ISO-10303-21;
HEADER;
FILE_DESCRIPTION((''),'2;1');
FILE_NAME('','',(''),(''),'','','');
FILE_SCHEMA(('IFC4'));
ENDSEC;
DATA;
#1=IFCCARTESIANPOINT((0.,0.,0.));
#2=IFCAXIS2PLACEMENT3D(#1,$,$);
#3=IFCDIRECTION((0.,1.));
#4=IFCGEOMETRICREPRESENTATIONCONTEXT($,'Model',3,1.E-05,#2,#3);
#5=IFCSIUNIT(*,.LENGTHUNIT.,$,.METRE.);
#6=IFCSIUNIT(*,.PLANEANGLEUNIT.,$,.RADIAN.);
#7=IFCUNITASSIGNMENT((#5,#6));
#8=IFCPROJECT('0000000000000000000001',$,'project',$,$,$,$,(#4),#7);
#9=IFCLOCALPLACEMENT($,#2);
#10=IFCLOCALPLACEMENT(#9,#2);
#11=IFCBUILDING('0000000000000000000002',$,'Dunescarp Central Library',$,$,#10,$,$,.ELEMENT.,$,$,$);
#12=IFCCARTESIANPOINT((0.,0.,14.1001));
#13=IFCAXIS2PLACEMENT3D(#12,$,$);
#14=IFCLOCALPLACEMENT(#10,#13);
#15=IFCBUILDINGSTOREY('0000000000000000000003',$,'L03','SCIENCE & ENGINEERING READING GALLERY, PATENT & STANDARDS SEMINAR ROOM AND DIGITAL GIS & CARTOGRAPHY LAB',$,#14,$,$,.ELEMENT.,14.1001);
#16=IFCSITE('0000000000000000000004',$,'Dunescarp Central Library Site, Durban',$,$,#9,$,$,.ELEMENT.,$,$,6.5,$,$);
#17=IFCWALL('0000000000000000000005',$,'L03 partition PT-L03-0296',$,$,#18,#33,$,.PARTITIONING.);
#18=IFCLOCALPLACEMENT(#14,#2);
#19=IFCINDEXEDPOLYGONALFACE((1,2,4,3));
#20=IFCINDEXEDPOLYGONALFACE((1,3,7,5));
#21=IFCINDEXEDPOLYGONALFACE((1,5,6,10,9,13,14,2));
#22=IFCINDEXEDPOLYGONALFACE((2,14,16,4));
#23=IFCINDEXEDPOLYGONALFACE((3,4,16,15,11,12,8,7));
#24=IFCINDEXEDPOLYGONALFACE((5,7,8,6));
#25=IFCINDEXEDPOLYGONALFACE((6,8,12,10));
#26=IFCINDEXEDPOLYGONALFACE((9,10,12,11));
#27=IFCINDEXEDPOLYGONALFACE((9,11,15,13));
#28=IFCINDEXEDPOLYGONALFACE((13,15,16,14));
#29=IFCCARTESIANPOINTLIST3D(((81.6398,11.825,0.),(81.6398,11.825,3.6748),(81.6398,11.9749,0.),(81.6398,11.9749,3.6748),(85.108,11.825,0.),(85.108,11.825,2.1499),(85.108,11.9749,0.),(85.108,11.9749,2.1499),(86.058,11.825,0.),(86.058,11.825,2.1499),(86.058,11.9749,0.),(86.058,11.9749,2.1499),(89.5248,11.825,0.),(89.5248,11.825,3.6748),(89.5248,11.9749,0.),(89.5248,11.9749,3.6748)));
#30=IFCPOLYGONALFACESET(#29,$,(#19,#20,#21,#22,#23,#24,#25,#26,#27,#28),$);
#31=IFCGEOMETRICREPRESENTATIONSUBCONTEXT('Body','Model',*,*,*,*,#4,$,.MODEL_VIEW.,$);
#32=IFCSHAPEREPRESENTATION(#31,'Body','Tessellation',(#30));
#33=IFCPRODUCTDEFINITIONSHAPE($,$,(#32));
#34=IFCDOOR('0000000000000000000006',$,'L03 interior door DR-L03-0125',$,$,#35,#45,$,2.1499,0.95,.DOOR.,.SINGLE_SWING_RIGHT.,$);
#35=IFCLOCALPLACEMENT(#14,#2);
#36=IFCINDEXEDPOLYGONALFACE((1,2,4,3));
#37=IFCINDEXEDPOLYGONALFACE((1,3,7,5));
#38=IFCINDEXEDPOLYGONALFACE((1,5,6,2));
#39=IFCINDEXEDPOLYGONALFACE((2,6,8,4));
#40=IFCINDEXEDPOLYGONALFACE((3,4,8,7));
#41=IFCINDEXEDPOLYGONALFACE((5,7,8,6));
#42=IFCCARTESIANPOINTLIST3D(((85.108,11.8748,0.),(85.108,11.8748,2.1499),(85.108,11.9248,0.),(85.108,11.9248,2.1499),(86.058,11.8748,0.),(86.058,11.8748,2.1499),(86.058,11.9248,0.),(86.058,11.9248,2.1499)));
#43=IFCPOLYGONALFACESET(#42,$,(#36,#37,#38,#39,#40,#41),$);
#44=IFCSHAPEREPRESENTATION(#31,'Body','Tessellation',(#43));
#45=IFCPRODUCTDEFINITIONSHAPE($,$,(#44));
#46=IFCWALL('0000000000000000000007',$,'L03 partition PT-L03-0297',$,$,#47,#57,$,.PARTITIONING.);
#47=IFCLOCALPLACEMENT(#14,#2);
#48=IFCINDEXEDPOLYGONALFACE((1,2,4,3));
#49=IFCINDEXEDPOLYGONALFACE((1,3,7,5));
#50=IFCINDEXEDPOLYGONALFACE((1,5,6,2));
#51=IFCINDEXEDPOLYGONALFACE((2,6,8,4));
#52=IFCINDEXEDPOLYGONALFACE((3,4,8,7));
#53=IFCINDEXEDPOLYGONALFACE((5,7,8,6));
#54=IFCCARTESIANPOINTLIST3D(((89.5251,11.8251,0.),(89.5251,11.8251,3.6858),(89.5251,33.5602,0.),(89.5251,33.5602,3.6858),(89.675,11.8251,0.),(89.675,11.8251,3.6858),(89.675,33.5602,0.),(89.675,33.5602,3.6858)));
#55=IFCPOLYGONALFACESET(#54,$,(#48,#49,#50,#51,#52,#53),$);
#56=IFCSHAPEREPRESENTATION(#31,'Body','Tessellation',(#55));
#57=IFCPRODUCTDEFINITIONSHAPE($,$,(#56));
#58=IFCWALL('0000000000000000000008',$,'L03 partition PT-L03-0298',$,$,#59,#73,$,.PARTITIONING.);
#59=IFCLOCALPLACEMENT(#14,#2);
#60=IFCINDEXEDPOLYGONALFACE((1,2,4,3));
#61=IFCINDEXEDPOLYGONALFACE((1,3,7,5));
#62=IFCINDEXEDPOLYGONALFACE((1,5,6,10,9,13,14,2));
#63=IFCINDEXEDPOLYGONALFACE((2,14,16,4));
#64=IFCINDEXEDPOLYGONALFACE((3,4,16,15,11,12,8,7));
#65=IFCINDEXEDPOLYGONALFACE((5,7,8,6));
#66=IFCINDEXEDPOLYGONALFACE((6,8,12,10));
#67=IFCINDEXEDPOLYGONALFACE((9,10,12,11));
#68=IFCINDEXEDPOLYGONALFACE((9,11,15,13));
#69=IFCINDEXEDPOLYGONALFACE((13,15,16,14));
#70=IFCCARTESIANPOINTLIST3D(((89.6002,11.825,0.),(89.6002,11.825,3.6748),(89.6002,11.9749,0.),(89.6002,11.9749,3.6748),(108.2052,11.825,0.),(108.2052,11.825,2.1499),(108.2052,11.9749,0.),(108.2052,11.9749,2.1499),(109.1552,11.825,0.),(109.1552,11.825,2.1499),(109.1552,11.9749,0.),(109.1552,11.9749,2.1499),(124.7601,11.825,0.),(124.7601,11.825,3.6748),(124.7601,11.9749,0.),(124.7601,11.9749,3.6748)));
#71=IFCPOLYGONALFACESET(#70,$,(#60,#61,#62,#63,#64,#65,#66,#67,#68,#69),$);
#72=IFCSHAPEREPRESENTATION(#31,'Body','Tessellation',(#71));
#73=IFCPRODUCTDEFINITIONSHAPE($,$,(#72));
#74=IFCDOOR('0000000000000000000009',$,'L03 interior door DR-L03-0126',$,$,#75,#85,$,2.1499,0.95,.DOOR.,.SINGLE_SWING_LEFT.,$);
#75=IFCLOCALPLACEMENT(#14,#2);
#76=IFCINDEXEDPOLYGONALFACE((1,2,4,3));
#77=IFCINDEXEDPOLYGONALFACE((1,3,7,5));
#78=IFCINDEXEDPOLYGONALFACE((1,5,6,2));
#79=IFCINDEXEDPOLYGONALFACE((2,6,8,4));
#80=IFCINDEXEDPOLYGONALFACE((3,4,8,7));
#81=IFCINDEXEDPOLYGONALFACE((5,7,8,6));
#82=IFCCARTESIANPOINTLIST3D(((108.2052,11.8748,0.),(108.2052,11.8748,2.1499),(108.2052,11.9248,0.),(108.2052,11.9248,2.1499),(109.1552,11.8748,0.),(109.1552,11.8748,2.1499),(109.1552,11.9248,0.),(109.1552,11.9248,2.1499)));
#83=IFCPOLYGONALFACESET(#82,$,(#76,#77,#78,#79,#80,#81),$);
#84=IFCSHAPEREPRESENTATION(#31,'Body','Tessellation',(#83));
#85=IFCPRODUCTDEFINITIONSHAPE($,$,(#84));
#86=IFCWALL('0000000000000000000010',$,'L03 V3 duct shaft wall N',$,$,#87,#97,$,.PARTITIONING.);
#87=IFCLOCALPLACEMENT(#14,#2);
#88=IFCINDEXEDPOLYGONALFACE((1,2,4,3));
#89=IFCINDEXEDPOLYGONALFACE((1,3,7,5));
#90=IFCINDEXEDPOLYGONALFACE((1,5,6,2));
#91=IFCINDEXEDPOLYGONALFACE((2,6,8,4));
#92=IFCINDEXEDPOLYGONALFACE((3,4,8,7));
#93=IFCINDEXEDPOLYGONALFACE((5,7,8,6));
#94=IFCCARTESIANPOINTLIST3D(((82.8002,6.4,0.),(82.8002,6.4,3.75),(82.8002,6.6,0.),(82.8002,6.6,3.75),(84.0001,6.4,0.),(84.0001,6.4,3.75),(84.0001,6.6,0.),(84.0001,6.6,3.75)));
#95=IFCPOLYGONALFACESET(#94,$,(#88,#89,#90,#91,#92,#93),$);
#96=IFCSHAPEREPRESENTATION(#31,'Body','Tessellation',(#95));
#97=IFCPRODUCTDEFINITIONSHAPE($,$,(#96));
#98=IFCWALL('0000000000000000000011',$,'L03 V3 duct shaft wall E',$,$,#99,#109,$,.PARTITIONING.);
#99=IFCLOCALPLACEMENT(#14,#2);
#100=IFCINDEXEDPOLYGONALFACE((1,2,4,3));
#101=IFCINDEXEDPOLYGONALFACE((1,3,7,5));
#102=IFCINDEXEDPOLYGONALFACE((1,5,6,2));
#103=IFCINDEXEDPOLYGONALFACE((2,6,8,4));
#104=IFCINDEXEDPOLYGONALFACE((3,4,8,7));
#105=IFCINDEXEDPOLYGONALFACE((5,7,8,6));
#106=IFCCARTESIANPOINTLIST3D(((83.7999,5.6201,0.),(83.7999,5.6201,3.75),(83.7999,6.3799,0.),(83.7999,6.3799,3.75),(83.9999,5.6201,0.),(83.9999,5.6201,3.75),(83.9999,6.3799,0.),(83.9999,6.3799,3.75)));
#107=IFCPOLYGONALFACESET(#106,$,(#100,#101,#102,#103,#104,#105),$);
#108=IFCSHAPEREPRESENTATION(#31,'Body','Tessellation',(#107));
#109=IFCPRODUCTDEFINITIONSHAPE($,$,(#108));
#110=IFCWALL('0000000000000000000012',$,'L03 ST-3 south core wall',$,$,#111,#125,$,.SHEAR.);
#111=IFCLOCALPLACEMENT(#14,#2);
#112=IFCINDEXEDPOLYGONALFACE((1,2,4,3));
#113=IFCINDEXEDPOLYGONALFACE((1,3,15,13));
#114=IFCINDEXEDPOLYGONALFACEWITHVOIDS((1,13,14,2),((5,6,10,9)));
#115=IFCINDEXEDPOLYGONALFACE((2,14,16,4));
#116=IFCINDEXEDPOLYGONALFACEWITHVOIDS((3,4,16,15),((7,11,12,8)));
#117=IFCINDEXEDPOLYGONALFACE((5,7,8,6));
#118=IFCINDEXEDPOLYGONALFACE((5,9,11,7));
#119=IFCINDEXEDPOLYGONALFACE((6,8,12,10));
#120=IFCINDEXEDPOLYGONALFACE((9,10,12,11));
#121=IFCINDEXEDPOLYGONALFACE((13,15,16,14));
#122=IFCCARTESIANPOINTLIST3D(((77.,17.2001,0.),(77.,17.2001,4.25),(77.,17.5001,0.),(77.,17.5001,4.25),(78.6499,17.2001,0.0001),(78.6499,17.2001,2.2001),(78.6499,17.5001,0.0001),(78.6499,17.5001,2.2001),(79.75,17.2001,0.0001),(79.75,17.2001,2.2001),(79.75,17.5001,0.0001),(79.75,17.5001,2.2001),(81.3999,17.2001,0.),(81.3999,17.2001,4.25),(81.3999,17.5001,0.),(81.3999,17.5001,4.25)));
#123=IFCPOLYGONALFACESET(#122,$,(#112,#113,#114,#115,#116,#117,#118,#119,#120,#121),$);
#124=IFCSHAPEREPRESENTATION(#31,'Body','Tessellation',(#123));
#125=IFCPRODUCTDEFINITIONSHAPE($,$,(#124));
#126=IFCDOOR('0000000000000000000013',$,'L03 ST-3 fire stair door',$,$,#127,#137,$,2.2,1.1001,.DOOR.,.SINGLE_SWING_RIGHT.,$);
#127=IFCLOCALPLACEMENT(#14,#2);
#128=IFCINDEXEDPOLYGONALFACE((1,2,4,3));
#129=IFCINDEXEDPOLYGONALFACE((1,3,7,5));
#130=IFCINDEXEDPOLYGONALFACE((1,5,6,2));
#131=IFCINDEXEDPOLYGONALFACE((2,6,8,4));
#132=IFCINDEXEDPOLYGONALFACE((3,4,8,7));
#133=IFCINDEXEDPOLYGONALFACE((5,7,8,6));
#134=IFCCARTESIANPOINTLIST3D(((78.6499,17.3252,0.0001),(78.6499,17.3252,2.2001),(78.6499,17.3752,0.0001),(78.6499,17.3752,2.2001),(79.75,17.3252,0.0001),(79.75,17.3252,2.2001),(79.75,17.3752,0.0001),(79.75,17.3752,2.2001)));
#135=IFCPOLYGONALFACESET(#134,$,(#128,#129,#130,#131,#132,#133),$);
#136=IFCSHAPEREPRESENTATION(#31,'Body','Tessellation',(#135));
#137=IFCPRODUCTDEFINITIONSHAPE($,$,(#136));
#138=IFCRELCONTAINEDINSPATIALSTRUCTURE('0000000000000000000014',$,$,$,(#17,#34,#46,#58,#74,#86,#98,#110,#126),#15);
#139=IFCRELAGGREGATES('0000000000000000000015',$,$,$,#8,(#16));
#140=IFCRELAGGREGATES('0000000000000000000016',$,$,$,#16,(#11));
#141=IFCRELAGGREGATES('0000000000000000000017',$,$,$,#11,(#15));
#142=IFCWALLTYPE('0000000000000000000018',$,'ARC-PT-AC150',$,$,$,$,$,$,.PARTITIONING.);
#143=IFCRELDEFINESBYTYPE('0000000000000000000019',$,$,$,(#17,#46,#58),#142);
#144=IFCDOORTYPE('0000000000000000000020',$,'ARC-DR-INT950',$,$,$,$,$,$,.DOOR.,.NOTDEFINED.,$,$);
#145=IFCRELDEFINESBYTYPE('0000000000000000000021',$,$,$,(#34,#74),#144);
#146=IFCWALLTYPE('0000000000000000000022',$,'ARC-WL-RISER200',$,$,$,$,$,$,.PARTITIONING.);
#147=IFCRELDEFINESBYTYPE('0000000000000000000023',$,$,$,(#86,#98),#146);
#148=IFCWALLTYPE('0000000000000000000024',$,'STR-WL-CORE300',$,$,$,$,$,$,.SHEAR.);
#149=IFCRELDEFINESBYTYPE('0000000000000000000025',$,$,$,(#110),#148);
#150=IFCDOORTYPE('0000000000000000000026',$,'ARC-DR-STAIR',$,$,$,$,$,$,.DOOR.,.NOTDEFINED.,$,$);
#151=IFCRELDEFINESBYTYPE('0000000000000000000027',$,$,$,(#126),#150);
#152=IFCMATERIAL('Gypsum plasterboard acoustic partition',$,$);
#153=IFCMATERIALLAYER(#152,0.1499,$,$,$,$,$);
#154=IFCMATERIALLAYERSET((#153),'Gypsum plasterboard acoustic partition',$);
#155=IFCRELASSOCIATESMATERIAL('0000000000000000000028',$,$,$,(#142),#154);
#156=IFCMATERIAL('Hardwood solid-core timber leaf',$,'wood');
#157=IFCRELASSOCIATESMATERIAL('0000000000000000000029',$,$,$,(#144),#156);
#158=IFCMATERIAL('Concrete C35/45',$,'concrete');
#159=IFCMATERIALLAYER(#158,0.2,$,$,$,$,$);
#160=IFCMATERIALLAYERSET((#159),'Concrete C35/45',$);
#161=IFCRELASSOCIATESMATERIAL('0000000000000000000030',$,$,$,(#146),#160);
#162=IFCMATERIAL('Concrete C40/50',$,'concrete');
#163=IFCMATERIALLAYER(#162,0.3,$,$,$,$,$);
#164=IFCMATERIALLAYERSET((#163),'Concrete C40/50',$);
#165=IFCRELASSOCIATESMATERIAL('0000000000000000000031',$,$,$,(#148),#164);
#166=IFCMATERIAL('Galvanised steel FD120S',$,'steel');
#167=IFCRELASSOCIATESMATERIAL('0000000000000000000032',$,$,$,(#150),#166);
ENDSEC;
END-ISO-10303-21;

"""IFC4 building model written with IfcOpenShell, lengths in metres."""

from ifc_helpers import new_model, si_unit, direction, frame, frame_2d, origin, place, context, subcontext, project, spatial, rectangle, extrude, material, layer, layer_set, type_object, element, fill, save


model = new_model("IFC4")

# Units and contexts
model_context = context("Model", 3, precision=1e-05, world=origin(), true_north=direction((0.0, 1.0)))
body_context = subcontext(model_context, "Body", "Model", "MODEL_VIEW")
ifc_project = project(units=[si_unit("LENGTHUNIT", "METRE"), si_unit("PLANEANGLEUNIT", "RADIAN")], contexts=[model_context])

# Site, building, storey
site_placement = place(None, origin())
site = spatial("IfcSite", under=ifc_project, at=site_placement, Name="Dunescarp Central Library Site, Durban", CompositionType="ELEMENT", RefElevation=6.5)
building_placement = place(site_placement, origin())
building = spatial("IfcBuilding", under=site, at=building_placement, Name="Dunescarp Central Library", CompositionType="ELEMENT")
storey_placement = place(building_placement, frame((0.0, 0.0, 14.1001)))
storey = spatial("IfcBuildingStorey", under=building, at=storey_placement, Name="L03", Description="SCIENCE & ENGINEERING READING GALLERY, PATENT & STANDARDS SEMINAR ROOM AND DIGITAL GIS & CARTOGRAPHY LAB", CompositionType="ELEMENT", Elevation=14.1001)

# Wall, opening, door
ifc_material_1 = material(Name="Gypsum plasterboard acoustic partition")
ifc_layer_1 = layer(ifc_material_1, 0.1499)
ifc_layer_set_1 = layer_set([ifc_layer_1], Name="Gypsum plasterboard acoustic partition")
wall_type_1 = type_object("IfcWallType", Name="ARC-PT-AC150", PredefinedType="PARTITIONING", material=ifc_layer_set_1)
ifc_material_2 = material(Name="Hardwood solid-core timber leaf", Category="wood")
door_type_1 = type_object("IfcDoorType", Name="ARC-DR-INT950", OperationType="NOTDEFINED", PredefinedType="DOOR", material=ifc_material_2)
wall_1_placement = place(storey_placement, frame((81.6399, 11.8999, 0.0), z_axis=(0.0, 0.0, 1.0), x_axis=(1.0, 0.0, 0.0)))
wall_1 = element("IfcWall", 1, at=wall_1_placement, inside=storey, type_object=wall_type_1, Name="L03 partition PT-L03-0296", PredefinedType="PARTITIONING", context=body_context, shape_type="SweptSolid", body=[
    extrude(rectangle(XDim=7.885, YDim=0.1499, at=frame_2d((3.9424, 0.0))), origin(), (0.0, 0.0, 1.0), 3.6748),
])
opening_1_placement = place(wall_1_placement, frame((3.468, 0.0, 0.0)))
opening_1 = element("IfcOpeningElement", 2, at=opening_1_placement, cuts=wall_1, PredefinedType="OPENING", context=body_context, shape_type="SweptSolid", body=[
    extrude(rectangle(XDim=0.95, YDim=2.1499, at=frame_2d((0.4751, 1.075))), frame((0.0, 0.085, 0.0), z_axis=(0.0, -1.0, 0.0), x_axis=(1.0, 0.0, 0.0)), (0.0, 0.0, 1.0), 0.1699),
])
door_1_placement = place(opening_1_placement, origin())
door_1 = element("IfcDoor", 3, at=door_1_placement, inside=storey, type_object=door_type_1, Name="L03 interior door DR-L03-0125", OperationType="SINGLE_SWING_RIGHT", OverallHeight=2.1499, OverallWidth=0.95, PredefinedType="DOOR", context=body_context, shape_type="SweptSolid", body=[
    extrude(rectangle(XDim=0.95, YDim=2.1499, at=frame_2d((0.4751, 1.075))), frame((0.0, 0.0249, 0.0), z_axis=(0.0, -1.0, 0.0), x_axis=(1.0, 0.0, 0.0)), (0.0, 0.0, 1.0), 0.05),
])
fill(opening_1, door_1)

# Wall
wall_2_placement = place(storey_placement, frame((89.6001, 11.825, 0.0), z_axis=(0.0, 0.0, 1.0), x_axis=(0.0, 1.0, 0.0)))
element("IfcWall", 4, at=wall_2_placement, inside=storey, type_object=wall_type_1, Name="L03 partition PT-L03-0297", PredefinedType="PARTITIONING", context=body_context, shape_type="SweptSolid", body=[
    extrude(rectangle(XDim=21.7351, YDim=0.1499, at=frame_2d((10.8677, 0.0))), origin(), (0.0, 0.0, 1.0), 3.6858),
])

# Wall, opening, door
wall_3_placement = place(storey_placement, frame((89.6001, 11.8999, 0.0), z_axis=(0.0, 0.0, 1.0), x_axis=(1.0, 0.0, 0.0)))
wall_3 = element("IfcWall", 5, at=wall_3_placement, inside=storey, type_object=wall_type_1, Name="L03 partition PT-L03-0298", PredefinedType="PARTITIONING", context=body_context, shape_type="SweptSolid", body=[
    extrude(rectangle(XDim=35.1599, YDim=0.1499, at=frame_2d((17.5801, 0.0))), origin(), (0.0, 0.0, 1.0), 3.6748),
])
opening_2_placement = place(wall_3_placement, frame((18.605, 0.0, 0.0)))
opening_2 = element("IfcOpeningElement", 6, at=opening_2_placement, cuts=wall_3, PredefinedType="OPENING", context=body_context, shape_type="SweptSolid", body=[
    extrude(rectangle(XDim=0.95, YDim=2.1499, at=frame_2d((0.4751, 1.075))), frame((0.0, 0.085, 0.0), z_axis=(0.0, -1.0, 0.0), x_axis=(1.0, 0.0, 0.0)), (0.0, 0.0, 1.0), 0.1699),
])
door_2_placement = place(opening_2_placement, origin())
door_2 = element("IfcDoor", 7, at=door_2_placement, inside=storey, type_object=door_type_1, Name="L03 interior door DR-L03-0126", OperationType="SINGLE_SWING_LEFT", OverallHeight=2.1499, OverallWidth=0.95, PredefinedType="DOOR", context=body_context, shape_type="SweptSolid", body=[
    extrude(rectangle(XDim=0.95, YDim=2.1499, at=frame_2d((0.4751, 1.075))), frame((0.0, 0.0249, 0.0), z_axis=(0.0, -1.0, 0.0), x_axis=(1.0, 0.0, 0.0)), (0.0, 0.0, 1.0), 0.05),
])
fill(opening_2, door_2)

# Walls
ifc_material_3 = material(Name="Concrete C35/45", Category="concrete")
ifc_layer_2 = layer(ifc_material_3, 0.2)
ifc_layer_set_2 = layer_set([ifc_layer_2], Name="Concrete C35/45")
wall_type_2 = type_object("IfcWallType", Name="ARC-WL-RISER200", PredefinedType="PARTITIONING", material=ifc_layer_set_2)
wall_4_placement = place(storey_placement, frame((82.8, 6.5, 0.0), z_axis=(0.0, 0.0, 1.0), x_axis=(1.0, 0.0, 0.0)))
element("IfcWall", 8, at=wall_4_placement, inside=storey, type_object=wall_type_2, Name="L03 V3 duct shaft wall N", PredefinedType="PARTITIONING", context=body_context, shape_type="SweptSolid", body=[
    extrude(rectangle(XDim=1.2, YDim=0.2, at=frame_2d((0.6001, 0.0))), origin(), (0.0, 0.0, 1.0), 3.75),
])
wall_5_placement = place(storey_placement, frame((83.8999, 6.3799, 0.0), z_axis=(0.0, 0.0, 1.0), x_axis=(0.0, -1.0, 0.0)))
element("IfcWall", 9, at=wall_5_placement, inside=storey, type_object=wall_type_2, Name="L03 V3 duct shaft wall E", PredefinedType="PARTITIONING", context=body_context, shape_type="SweptSolid", body=[
    extrude(rectangle(XDim=0.7598, YDim=0.2, at=frame_2d((0.3799, 0.0))), origin(), (0.0, 0.0, 1.0), 3.75),
])

# Wall, opening, door
ifc_material_4 = material(Name="Concrete C40/50", Category="concrete")
ifc_layer_3 = layer(ifc_material_4, 0.3)
ifc_layer_set_3 = layer_set([ifc_layer_3], Name="Concrete C40/50")
wall_type_3 = type_object("IfcWallType", Name="STR-WL-CORE300", PredefinedType="SHEAR", material=ifc_layer_set_3)
wall_6_placement = place(storey_placement, frame((81.3999, 17.3501, 0.0), z_axis=(0.0, 0.0, 1.0), x_axis=(-1.0, 0.0, 0.0)))
wall_6 = element("IfcWall", 10, at=wall_6_placement, inside=storey, type_object=wall_type_3, Name="L03 ST-3 south core wall", PredefinedType="SHEAR", context=body_context, shape_type="SweptSolid", body=[
    extrude(rectangle(XDim=4.3999, YDim=0.3, at=frame_2d((2.2, 0.0))), origin(), (0.0, 0.0, 1.0), 4.25),
])
opening_3_placement = place(wall_6_placement, frame((1.6499, 0.0, 0.0)))
opening_3 = element("IfcOpeningElement", 11, at=opening_3_placement, cuts=wall_6, PredefinedType="OPENING", context=body_context, shape_type="SweptSolid", body=[
    extrude(rectangle(XDim=1.1001, YDim=2.2, at=frame_2d((0.55, 1.1001))), frame((0.0, 0.1602, 0.0), z_axis=(0.0, -1.0, 0.0), x_axis=(1.0, 0.0, 0.0)), (0.0, 0.0, 1.0), 0.3201),
])
ifc_material_5 = material(Name="Galvanised steel FD120S", Category="steel")
door_type_2 = type_object("IfcDoorType", Name="ARC-DR-STAIR", OperationType="NOTDEFINED", PredefinedType="DOOR", material=ifc_material_5)
door_3_placement = place(opening_3_placement, origin())
door_3 = element("IfcDoor", 12, at=door_3_placement, inside=storey, type_object=door_type_2, Name="L03 ST-3 fire stair door", OperationType="SINGLE_SWING_RIGHT", OverallHeight=2.2, OverallWidth=1.1001, PredefinedType="DOOR", context=body_context, shape_type="SweptSolid", body=[
    extrude(rectangle(XDim=1.1001, YDim=2.2, at=frame_2d((0.55, 1.1001))), frame((0.0, 0.0249, 0.0), z_axis=(0.0, -1.0, 0.0), x_axis=(1.0, 0.0, 0.0)), (0.0, 0.0, 1.0), 0.05),
])
fill(opening_3, door_3)

save(model, "model.ifc")
